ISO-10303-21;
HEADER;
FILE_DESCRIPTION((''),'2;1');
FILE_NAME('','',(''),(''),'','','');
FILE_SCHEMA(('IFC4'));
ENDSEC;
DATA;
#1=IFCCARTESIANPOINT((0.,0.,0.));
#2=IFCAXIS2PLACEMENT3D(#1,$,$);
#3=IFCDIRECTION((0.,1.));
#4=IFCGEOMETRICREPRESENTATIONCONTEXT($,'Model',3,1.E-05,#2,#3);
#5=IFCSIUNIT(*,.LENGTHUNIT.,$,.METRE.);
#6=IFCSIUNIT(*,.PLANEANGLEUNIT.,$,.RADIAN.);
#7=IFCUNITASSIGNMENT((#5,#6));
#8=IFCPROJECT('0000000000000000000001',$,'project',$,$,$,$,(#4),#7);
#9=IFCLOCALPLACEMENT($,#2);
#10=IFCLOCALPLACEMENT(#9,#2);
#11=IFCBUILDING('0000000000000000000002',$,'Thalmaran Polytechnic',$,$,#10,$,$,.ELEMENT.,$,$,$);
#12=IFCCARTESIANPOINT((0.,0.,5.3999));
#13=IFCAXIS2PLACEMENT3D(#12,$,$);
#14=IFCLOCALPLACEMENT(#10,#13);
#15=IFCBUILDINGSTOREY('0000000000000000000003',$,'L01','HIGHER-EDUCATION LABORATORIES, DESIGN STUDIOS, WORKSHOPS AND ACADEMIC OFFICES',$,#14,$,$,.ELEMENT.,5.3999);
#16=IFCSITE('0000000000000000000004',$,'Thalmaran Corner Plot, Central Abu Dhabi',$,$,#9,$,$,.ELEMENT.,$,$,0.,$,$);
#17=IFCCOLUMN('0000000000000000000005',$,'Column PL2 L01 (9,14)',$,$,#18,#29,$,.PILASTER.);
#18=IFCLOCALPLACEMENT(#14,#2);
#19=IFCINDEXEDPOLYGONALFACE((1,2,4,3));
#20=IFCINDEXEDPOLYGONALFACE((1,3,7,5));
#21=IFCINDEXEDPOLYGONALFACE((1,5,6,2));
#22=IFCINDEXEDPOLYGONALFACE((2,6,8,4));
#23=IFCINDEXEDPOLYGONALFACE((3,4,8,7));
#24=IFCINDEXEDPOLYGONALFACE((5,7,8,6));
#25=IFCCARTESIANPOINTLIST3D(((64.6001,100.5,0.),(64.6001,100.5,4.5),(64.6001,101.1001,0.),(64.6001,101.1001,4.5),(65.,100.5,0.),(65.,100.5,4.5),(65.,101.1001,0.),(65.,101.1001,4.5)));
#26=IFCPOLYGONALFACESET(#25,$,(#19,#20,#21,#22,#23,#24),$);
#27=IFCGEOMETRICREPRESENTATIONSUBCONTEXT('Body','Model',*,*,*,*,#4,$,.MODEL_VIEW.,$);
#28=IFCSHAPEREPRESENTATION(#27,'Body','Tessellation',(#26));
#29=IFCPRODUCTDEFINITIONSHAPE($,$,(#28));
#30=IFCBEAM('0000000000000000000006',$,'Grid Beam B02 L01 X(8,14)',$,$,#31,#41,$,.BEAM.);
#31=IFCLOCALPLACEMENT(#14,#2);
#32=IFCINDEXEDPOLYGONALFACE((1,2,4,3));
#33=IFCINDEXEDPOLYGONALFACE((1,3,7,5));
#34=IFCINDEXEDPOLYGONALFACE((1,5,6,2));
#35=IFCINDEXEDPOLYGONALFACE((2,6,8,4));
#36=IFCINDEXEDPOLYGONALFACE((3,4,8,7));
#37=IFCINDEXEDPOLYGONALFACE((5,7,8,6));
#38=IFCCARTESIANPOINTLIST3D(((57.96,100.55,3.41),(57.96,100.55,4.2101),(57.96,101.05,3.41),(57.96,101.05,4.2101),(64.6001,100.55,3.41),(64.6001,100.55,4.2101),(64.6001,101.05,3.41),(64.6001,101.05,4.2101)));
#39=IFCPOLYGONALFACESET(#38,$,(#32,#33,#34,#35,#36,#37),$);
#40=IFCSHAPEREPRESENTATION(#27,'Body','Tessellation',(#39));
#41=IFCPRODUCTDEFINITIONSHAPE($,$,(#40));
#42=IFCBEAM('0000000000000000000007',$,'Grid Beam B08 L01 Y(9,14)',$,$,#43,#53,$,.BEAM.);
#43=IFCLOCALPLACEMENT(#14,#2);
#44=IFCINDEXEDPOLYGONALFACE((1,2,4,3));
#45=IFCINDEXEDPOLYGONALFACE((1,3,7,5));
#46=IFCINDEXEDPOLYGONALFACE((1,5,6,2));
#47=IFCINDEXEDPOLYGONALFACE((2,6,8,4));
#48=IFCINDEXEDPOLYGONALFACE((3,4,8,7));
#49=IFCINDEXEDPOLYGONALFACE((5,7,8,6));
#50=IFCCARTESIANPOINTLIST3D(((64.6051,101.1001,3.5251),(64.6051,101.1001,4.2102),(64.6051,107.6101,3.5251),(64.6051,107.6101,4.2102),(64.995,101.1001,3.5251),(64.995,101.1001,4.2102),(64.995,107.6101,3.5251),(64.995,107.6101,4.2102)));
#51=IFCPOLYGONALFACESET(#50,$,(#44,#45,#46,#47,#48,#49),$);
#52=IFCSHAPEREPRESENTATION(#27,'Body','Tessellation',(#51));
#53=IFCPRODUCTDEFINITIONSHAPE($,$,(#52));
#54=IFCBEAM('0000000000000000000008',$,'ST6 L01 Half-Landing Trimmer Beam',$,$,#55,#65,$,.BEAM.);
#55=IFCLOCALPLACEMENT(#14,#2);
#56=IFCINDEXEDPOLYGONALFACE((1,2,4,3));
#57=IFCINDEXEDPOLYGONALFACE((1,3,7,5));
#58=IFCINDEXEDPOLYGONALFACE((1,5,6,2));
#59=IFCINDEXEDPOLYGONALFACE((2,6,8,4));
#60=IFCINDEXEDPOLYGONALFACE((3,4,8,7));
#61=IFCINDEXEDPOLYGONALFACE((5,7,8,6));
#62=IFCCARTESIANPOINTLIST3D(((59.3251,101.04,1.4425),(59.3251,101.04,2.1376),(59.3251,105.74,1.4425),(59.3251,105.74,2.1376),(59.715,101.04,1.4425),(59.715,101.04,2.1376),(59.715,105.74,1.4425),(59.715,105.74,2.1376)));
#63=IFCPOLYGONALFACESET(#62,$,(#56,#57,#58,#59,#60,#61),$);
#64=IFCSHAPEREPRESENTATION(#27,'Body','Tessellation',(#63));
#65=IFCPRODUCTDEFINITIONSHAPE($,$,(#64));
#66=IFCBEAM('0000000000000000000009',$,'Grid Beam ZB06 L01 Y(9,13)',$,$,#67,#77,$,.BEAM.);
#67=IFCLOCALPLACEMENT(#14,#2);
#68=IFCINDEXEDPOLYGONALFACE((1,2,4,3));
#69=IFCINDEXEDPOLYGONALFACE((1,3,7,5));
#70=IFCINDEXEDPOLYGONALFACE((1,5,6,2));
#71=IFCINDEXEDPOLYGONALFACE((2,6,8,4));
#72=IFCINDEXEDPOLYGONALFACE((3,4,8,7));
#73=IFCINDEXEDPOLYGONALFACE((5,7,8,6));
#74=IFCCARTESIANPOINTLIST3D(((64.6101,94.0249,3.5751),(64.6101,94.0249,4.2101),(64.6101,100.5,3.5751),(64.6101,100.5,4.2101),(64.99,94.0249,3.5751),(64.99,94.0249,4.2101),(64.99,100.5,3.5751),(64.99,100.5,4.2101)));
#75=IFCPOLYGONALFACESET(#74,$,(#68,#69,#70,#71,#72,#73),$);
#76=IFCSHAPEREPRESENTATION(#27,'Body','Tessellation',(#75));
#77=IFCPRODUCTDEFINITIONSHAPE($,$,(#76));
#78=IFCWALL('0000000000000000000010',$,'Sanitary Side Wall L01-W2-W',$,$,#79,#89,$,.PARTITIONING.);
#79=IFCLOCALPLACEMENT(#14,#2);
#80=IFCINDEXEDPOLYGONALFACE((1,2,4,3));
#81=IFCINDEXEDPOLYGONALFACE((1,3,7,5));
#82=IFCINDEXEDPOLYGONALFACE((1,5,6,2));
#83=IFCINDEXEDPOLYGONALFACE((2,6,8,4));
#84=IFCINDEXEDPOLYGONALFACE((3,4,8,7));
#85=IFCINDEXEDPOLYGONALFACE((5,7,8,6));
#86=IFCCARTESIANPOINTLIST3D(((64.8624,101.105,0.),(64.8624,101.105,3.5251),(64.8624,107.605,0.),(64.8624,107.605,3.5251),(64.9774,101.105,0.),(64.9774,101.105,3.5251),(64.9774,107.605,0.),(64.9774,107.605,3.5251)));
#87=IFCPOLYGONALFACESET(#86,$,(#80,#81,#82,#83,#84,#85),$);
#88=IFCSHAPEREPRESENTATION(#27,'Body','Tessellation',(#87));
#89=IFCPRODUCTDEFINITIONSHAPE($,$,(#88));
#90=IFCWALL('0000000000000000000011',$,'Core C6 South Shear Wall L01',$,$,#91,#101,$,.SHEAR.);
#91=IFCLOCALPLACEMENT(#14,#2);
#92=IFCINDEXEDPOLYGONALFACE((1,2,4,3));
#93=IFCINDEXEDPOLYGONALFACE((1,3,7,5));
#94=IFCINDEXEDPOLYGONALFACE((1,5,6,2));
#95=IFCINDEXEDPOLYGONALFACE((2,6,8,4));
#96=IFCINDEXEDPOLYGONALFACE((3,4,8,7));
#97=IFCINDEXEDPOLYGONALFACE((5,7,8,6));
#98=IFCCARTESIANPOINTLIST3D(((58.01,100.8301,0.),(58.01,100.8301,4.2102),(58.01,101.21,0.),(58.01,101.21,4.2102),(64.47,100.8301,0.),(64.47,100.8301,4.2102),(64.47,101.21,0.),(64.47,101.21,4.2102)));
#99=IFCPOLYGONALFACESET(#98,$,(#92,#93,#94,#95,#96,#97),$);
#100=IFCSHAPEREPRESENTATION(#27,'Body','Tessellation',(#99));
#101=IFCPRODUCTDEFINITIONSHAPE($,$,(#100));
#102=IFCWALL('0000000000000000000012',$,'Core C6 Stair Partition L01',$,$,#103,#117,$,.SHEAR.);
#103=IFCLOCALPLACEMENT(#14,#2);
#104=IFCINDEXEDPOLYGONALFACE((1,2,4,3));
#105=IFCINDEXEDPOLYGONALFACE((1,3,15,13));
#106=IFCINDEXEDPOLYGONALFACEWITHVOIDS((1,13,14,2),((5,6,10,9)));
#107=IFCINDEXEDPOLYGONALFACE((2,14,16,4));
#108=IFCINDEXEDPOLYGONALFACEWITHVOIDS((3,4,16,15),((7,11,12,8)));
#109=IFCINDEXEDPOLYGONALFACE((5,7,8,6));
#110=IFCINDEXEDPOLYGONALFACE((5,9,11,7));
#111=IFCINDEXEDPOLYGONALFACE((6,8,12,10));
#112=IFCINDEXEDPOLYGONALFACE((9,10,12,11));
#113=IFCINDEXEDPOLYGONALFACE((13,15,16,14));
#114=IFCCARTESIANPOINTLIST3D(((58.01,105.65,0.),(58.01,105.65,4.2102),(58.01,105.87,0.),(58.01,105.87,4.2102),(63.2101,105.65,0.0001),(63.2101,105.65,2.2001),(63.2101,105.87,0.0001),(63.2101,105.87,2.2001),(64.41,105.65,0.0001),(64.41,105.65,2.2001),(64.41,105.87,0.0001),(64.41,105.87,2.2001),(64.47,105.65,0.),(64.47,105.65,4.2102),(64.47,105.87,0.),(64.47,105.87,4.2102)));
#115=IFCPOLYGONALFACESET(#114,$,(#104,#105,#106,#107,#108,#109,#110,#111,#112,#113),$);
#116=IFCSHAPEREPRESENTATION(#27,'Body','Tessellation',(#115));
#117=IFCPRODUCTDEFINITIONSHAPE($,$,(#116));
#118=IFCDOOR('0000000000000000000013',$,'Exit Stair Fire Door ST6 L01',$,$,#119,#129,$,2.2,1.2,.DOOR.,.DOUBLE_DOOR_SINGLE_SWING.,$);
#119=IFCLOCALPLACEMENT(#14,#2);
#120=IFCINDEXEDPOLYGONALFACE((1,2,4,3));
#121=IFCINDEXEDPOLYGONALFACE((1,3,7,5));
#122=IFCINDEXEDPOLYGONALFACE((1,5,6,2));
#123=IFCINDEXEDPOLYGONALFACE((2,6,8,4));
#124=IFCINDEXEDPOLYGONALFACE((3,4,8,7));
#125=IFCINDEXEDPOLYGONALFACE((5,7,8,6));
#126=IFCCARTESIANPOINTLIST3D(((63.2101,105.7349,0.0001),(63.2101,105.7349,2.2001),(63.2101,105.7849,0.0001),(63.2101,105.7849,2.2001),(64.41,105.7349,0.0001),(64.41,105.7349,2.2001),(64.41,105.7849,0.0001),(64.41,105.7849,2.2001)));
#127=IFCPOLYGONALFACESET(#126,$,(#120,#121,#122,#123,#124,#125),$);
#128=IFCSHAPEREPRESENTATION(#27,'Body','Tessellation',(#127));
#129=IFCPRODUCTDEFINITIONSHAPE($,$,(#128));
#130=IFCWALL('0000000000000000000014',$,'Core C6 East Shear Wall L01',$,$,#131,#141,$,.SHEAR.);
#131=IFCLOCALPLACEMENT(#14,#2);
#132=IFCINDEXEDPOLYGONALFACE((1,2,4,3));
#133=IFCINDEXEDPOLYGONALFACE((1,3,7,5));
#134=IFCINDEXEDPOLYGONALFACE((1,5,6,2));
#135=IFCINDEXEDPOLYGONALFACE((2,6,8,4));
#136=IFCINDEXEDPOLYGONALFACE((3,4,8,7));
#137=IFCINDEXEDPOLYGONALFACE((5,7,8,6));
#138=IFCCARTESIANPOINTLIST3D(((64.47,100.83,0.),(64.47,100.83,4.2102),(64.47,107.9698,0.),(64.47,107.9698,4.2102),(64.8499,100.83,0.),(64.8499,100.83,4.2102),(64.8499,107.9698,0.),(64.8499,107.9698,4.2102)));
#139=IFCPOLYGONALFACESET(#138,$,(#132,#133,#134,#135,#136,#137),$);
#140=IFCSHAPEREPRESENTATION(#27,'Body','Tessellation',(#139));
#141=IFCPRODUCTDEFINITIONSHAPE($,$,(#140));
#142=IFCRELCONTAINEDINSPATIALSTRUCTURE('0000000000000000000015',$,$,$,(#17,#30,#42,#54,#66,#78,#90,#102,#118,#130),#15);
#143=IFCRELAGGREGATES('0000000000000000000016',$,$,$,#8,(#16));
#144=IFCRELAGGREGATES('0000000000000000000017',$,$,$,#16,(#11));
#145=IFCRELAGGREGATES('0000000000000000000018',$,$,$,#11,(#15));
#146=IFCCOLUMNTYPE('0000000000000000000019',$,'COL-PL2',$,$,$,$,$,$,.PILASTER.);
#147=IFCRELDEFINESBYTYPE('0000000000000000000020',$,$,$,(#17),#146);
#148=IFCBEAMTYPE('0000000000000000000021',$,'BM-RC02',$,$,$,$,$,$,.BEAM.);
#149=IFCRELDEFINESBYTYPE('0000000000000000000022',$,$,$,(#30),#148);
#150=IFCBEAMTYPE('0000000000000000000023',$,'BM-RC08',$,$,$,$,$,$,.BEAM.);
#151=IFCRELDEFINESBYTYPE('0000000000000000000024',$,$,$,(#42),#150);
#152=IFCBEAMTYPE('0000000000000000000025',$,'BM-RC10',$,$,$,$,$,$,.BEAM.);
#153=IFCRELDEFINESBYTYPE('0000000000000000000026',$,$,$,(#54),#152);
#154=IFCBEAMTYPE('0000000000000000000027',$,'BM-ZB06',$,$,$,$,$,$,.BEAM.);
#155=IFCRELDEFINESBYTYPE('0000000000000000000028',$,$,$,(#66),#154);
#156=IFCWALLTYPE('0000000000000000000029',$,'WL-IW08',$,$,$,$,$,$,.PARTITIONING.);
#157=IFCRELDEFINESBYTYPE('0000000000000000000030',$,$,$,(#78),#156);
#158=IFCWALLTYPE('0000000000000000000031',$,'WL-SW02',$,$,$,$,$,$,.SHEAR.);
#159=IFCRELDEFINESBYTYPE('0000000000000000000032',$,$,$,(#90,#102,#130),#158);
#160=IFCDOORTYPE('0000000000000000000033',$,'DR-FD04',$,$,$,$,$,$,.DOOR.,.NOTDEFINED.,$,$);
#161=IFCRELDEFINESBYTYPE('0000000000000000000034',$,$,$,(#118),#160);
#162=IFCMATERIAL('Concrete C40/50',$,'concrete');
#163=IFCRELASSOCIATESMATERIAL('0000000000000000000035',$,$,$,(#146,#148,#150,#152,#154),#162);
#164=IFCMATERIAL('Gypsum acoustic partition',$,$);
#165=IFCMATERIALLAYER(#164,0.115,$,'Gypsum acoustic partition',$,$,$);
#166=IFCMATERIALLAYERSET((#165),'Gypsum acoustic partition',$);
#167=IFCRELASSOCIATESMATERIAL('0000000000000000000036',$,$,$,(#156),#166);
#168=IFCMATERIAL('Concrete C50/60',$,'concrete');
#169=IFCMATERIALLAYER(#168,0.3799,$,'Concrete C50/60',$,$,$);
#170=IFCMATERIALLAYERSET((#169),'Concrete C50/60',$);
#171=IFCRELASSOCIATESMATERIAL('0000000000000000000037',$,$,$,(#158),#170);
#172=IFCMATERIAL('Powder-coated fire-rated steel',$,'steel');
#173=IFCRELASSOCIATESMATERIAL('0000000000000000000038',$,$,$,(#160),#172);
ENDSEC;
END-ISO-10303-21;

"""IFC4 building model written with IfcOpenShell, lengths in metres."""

from ifc_helpers import new_model, si_unit, direction, frame, frame_2d, origin, origin_2d, place, context, subcontext, project, spatial, rectangle, extrude, material, layer, layer_set, material_profile, profile_set, type_object, element, fill, save


model = new_model("IFC4")

# Units and contexts
model_context = context("Model", 3, precision=1e-05, world=origin(), true_north=direction((0.0, 1.0)))
body_context = subcontext(model_context, "Body", "Model", "MODEL_VIEW")
ifc_project = project(units=[si_unit("LENGTHUNIT", "METRE"), si_unit("PLANEANGLEUNIT", "RADIAN")], contexts=[model_context])

# Site, building, storey
site_placement = place(None, origin())
site = spatial("IfcSite", under=ifc_project, at=site_placement, Name="Thalmaran Corner Plot, Central Abu Dhabi", CompositionType="ELEMENT", RefElevation=0.0)
building_placement = place(site_placement, origin())
building = spatial("IfcBuilding", under=site, at=building_placement, Name="Thalmaran Polytechnic", CompositionType="ELEMENT")
storey_placement = place(building_placement, frame((0.0, 0.0, 5.3999)))
storey = spatial("IfcBuildingStorey", under=building, at=storey_placement, Name="L01", Description="HIGHER-EDUCATION LABORATORIES, DESIGN STUDIOS, WORKSHOPS AND ACADEMIC OFFICES", CompositionType="ELEMENT", Elevation=5.3999)

# Column
ifc_material_1 = material(Name="Concrete C40/50", Category="concrete")
ifc_material_profile_1 = material_profile(ifc_material_1, rectangle(XDim=0.3999, YDim=0.6001, at=origin_2d()), Name="RC 400x600")
ifc_profile_set_1 = profile_set([ifc_material_profile_1], Name="Concrete C40/50")
column_type = type_object("IfcColumnType", Name="COL-PL2", PredefinedType="PILASTER", material=ifc_profile_set_1)
column_placement = place(storey_placement, frame((64.8, 100.8, 0.0), z_axis=(0.0, 0.0, 1.0), x_axis=(1.0, 0.0, 0.0)))
element("IfcColumn", 1, at=column_placement, inside=storey, type_object=column_type, Name="Column PL2 L01 (9,14)", PredefinedType="PILASTER", context=body_context, shape_type="SweptSolid", body=[
    extrude(rectangle(XDim=0.3999, YDim=0.6001, at=origin_2d()), origin(), (0.0, 0.0, 1.0), 4.5),
])

# Beams
ifc_material_profile_2 = material_profile(ifc_material_1, rectangle(XDim=0.5, YDim=0.8, at=origin_2d()), Name="RC 500x800")
ifc_profile_set_2 = profile_set([ifc_material_profile_2], Name="Concrete C40/50")
beam_type_1 = type_object("IfcBeamType", Name="BM-RC02", PredefinedType="BEAM", material=ifc_profile_set_2)
beam_1_placement = place(storey_placement, frame((57.96, 100.8, 3.8101), z_axis=(1.0, 0.0, 0.0), x_axis=(0.0, 1.0, 0.0)))
element("IfcBeam", 2, at=beam_1_placement, inside=storey, type_object=beam_type_1, Name="Grid Beam B02 L01 X(8,14)", PredefinedType="BEAM", context=body_context, shape_type="SweptSolid", body=[
    extrude(rectangle(XDim=0.5, YDim=0.8, at=origin_2d()), origin(), (0.0, 0.0, 1.0), 6.6401),
])
ifc_material_profile_3 = material_profile(ifc_material_1, rectangle(XDim=0.3899, YDim=0.6851, at=origin_2d()), Name="RC 390x685")
ifc_profile_set_3 = profile_set([ifc_material_profile_3], Name="Concrete C40/50")
beam_type_2 = type_object("IfcBeamType", Name="BM-RC08", PredefinedType="BEAM", material=ifc_profile_set_3)
beam_2_placement = place(storey_placement, frame((64.8, 101.1001, 3.8677), z_axis=(0.0, 1.0, 0.0), x_axis=(-1.0, 0.0, 0.0)))
element("IfcBeam", 3, at=beam_2_placement, inside=storey, type_object=beam_type_2, Name="Grid Beam B08 L01 Y(9,14)", PredefinedType="BEAM", context=body_context, shape_type="SweptSolid", body=[
    extrude(rectangle(XDim=0.3899, YDim=0.6851, at=origin_2d()), origin(), (0.0, 0.0, 1.0), 6.51),
])
ifc_material_profile_4 = material_profile(ifc_material_1, rectangle(XDim=0.3899, YDim=0.6951, at=origin_2d()), Name="RC 390x695")
ifc_profile_set_4 = profile_set([ifc_material_profile_4], Name="Concrete C40/50")
beam_type_3 = type_object("IfcBeamType", Name="BM-RC10", PredefinedType="BEAM", material=ifc_profile_set_4)
beam_3_placement = place(storey_placement, frame((59.52, 101.04, 1.79), z_axis=(0.0, 1.0, 0.0), x_axis=(-1.0, 0.0, 0.0)))
element("IfcBeam", 4, at=beam_3_placement, inside=storey, type_object=beam_type_3, Name="ST6 L01 Half-Landing Trimmer Beam", PredefinedType="BEAM", context=body_context, shape_type="SweptSolid", body=[
    extrude(rectangle(XDim=0.3899, YDim=0.6951, at=origin_2d()), origin(), (0.0, 0.0, 1.0), 4.7),
])
ifc_material_profile_5 = material_profile(ifc_material_1, rectangle(XDim=0.3799, YDim=0.635, at=origin_2d()), Name="RC 380x635")
ifc_profile_set_5 = profile_set([ifc_material_profile_5], Name="Concrete C40/50")
beam_type_4 = type_object("IfcBeamType", Name="BM-ZB06", PredefinedType="BEAM", material=ifc_profile_set_5)
beam_4_placement = place(storey_placement, frame((64.8, 94.0249, 3.8926), z_axis=(0.0, 1.0, 0.0), x_axis=(-1.0, 0.0, 0.0)))
element("IfcBeam", 5, at=beam_4_placement, inside=storey, type_object=beam_type_4, Name="Grid Beam ZB06 L01 Y(9,13)", PredefinedType="BEAM", context=body_context, shape_type="SweptSolid", body=[
    extrude(rectangle(XDim=0.3799, YDim=0.635, at=origin_2d()), origin(), (0.0, 0.0, 1.0), 6.4751),
])

# Walls
ifc_material_2 = material(Name="Gypsum acoustic partition")
ifc_layer_1 = layer(ifc_material_2, 0.115, Name="Gypsum acoustic partition")
ifc_layer_set_1 = layer_set([ifc_layer_1], Name="Gypsum acoustic partition")
wall_type_1 = type_object("IfcWallType", Name="WL-IW08", PredefinedType="PARTITIONING", material=ifc_layer_set_1)
wall_1_placement = place(storey_placement, frame((64.9199, 101.105, 0.0), z_axis=(0.0, 0.0, 1.0), x_axis=(0.0, 1.0, 0.0)))
element("IfcWall", 6, at=wall_1_placement, inside=storey, type_object=wall_type_1, Name="Sanitary Side Wall L01-W2-W", PredefinedType="PARTITIONING", context=body_context, shape_type="SweptSolid", body=[
    extrude(rectangle(XDim=6.5, YDim=0.115, at=frame_2d((3.25, 0.0))), origin(), (0.0, 0.0, 1.0), 3.5251),
])
ifc_material_3 = material(Name="Concrete C50/60", Category="concrete")
ifc_layer_2 = layer(ifc_material_3, 0.3799, Name="Concrete C50/60")
ifc_layer_set_2 = layer_set([ifc_layer_2], Name="Concrete C50/60")
wall_type_2 = type_object("IfcWallType", Name="WL-SW02", PredefinedType="SHEAR", material=ifc_layer_set_2)
wall_2_placement = place(storey_placement, frame((58.01, 101.02, 0.0), z_axis=(0.0, 0.0, 1.0), x_axis=(1.0, 0.0, 0.0)))
element("IfcWall", 7, at=wall_2_placement, inside=storey, type_object=wall_type_2, Name="Core C6 South Shear Wall L01", PredefinedType="SHEAR", context=body_context, shape_type="SweptSolid", body=[
    extrude(rectangle(XDim=6.46, YDim=0.3799, at=frame_2d((3.23, 0.0))), origin(), (0.0, 0.0, 1.0), 4.2102),
])

# Wall, opening, door
wall_3_placement = place(storey_placement, frame((58.01, 105.76, 0.0), z_axis=(0.0, 0.0, 1.0), x_axis=(1.0, 0.0, 0.0)))
wall_3 = element("IfcWall", 8, at=wall_3_placement, inside=storey, type_object=wall_type_2, Name="Core C6 Stair Partition L01", PredefinedType="SHEAR", context=body_context, shape_type="SweptSolid", body=[
    extrude(rectangle(XDim=6.46, YDim=0.22, at=frame_2d((3.23, 0.0))), origin(), (0.0, 0.0, 1.0), 4.2102),
])
opening_placement = place(wall_3_placement, frame((5.2, 0.0, 0.0)))
opening = element("IfcOpeningElement", 9, at=opening_placement, cuts=wall_3, PredefinedType="OPENING", context=body_context, shape_type="SweptSolid", body=[
    extrude(rectangle(XDim=1.2, YDim=2.2, at=frame_2d((0.6001, 1.1001))), frame((0.0, 0.1199, 0.0), z_axis=(0.0, -1.0, 0.0), x_axis=(1.0, 0.0, 0.0)), (0.0, 0.0, 1.0), 0.24),
])
ifc_material_4 = material(Name="Powder-coated fire-rated steel", Category="steel")
door_type = type_object("IfcDoorType", Name="DR-FD04", OperationType="NOTDEFINED", PredefinedType="DOOR", material=ifc_material_4)
door_placement = place(opening_placement, origin())
door = element("IfcDoor", 10, at=door_placement, inside=storey, type_object=door_type, Name="Exit Stair Fire Door ST6 L01", OperationType="DOUBLE_DOOR_SINGLE_SWING", OverallHeight=2.2, OverallWidth=1.2, PredefinedType="DOOR", context=body_context, shape_type="SweptSolid", body=[
    extrude(rectangle(XDim=1.2, YDim=2.2, at=frame_2d((0.6001, 1.1001))), frame((0.0, 0.0249, 0.0), z_axis=(0.0, -1.0, 0.0), x_axis=(1.0, 0.0, 0.0)), (0.0, 0.0, 1.0), 0.05),
])
fill(opening, door)

# Wall
wall_4_placement = place(storey_placement, frame((64.6599, 100.8301, 0.0), z_axis=(0.0, 0.0, 1.0), x_axis=(0.0, 1.0, 0.0)))
element("IfcWall", 11, at=wall_4_placement, inside=storey, type_object=wall_type_2, Name="Core C6 East Shear Wall L01", PredefinedType="SHEAR", context=body_context, shape_type="SweptSolid", body=[
    extrude(rectangle(XDim=7.1399, YDim=0.3799, at=frame_2d((3.5698, 0.0))), origin(), (0.0, 0.0, 1.0), 4.2102),
])

save(model, "model.ifc")
